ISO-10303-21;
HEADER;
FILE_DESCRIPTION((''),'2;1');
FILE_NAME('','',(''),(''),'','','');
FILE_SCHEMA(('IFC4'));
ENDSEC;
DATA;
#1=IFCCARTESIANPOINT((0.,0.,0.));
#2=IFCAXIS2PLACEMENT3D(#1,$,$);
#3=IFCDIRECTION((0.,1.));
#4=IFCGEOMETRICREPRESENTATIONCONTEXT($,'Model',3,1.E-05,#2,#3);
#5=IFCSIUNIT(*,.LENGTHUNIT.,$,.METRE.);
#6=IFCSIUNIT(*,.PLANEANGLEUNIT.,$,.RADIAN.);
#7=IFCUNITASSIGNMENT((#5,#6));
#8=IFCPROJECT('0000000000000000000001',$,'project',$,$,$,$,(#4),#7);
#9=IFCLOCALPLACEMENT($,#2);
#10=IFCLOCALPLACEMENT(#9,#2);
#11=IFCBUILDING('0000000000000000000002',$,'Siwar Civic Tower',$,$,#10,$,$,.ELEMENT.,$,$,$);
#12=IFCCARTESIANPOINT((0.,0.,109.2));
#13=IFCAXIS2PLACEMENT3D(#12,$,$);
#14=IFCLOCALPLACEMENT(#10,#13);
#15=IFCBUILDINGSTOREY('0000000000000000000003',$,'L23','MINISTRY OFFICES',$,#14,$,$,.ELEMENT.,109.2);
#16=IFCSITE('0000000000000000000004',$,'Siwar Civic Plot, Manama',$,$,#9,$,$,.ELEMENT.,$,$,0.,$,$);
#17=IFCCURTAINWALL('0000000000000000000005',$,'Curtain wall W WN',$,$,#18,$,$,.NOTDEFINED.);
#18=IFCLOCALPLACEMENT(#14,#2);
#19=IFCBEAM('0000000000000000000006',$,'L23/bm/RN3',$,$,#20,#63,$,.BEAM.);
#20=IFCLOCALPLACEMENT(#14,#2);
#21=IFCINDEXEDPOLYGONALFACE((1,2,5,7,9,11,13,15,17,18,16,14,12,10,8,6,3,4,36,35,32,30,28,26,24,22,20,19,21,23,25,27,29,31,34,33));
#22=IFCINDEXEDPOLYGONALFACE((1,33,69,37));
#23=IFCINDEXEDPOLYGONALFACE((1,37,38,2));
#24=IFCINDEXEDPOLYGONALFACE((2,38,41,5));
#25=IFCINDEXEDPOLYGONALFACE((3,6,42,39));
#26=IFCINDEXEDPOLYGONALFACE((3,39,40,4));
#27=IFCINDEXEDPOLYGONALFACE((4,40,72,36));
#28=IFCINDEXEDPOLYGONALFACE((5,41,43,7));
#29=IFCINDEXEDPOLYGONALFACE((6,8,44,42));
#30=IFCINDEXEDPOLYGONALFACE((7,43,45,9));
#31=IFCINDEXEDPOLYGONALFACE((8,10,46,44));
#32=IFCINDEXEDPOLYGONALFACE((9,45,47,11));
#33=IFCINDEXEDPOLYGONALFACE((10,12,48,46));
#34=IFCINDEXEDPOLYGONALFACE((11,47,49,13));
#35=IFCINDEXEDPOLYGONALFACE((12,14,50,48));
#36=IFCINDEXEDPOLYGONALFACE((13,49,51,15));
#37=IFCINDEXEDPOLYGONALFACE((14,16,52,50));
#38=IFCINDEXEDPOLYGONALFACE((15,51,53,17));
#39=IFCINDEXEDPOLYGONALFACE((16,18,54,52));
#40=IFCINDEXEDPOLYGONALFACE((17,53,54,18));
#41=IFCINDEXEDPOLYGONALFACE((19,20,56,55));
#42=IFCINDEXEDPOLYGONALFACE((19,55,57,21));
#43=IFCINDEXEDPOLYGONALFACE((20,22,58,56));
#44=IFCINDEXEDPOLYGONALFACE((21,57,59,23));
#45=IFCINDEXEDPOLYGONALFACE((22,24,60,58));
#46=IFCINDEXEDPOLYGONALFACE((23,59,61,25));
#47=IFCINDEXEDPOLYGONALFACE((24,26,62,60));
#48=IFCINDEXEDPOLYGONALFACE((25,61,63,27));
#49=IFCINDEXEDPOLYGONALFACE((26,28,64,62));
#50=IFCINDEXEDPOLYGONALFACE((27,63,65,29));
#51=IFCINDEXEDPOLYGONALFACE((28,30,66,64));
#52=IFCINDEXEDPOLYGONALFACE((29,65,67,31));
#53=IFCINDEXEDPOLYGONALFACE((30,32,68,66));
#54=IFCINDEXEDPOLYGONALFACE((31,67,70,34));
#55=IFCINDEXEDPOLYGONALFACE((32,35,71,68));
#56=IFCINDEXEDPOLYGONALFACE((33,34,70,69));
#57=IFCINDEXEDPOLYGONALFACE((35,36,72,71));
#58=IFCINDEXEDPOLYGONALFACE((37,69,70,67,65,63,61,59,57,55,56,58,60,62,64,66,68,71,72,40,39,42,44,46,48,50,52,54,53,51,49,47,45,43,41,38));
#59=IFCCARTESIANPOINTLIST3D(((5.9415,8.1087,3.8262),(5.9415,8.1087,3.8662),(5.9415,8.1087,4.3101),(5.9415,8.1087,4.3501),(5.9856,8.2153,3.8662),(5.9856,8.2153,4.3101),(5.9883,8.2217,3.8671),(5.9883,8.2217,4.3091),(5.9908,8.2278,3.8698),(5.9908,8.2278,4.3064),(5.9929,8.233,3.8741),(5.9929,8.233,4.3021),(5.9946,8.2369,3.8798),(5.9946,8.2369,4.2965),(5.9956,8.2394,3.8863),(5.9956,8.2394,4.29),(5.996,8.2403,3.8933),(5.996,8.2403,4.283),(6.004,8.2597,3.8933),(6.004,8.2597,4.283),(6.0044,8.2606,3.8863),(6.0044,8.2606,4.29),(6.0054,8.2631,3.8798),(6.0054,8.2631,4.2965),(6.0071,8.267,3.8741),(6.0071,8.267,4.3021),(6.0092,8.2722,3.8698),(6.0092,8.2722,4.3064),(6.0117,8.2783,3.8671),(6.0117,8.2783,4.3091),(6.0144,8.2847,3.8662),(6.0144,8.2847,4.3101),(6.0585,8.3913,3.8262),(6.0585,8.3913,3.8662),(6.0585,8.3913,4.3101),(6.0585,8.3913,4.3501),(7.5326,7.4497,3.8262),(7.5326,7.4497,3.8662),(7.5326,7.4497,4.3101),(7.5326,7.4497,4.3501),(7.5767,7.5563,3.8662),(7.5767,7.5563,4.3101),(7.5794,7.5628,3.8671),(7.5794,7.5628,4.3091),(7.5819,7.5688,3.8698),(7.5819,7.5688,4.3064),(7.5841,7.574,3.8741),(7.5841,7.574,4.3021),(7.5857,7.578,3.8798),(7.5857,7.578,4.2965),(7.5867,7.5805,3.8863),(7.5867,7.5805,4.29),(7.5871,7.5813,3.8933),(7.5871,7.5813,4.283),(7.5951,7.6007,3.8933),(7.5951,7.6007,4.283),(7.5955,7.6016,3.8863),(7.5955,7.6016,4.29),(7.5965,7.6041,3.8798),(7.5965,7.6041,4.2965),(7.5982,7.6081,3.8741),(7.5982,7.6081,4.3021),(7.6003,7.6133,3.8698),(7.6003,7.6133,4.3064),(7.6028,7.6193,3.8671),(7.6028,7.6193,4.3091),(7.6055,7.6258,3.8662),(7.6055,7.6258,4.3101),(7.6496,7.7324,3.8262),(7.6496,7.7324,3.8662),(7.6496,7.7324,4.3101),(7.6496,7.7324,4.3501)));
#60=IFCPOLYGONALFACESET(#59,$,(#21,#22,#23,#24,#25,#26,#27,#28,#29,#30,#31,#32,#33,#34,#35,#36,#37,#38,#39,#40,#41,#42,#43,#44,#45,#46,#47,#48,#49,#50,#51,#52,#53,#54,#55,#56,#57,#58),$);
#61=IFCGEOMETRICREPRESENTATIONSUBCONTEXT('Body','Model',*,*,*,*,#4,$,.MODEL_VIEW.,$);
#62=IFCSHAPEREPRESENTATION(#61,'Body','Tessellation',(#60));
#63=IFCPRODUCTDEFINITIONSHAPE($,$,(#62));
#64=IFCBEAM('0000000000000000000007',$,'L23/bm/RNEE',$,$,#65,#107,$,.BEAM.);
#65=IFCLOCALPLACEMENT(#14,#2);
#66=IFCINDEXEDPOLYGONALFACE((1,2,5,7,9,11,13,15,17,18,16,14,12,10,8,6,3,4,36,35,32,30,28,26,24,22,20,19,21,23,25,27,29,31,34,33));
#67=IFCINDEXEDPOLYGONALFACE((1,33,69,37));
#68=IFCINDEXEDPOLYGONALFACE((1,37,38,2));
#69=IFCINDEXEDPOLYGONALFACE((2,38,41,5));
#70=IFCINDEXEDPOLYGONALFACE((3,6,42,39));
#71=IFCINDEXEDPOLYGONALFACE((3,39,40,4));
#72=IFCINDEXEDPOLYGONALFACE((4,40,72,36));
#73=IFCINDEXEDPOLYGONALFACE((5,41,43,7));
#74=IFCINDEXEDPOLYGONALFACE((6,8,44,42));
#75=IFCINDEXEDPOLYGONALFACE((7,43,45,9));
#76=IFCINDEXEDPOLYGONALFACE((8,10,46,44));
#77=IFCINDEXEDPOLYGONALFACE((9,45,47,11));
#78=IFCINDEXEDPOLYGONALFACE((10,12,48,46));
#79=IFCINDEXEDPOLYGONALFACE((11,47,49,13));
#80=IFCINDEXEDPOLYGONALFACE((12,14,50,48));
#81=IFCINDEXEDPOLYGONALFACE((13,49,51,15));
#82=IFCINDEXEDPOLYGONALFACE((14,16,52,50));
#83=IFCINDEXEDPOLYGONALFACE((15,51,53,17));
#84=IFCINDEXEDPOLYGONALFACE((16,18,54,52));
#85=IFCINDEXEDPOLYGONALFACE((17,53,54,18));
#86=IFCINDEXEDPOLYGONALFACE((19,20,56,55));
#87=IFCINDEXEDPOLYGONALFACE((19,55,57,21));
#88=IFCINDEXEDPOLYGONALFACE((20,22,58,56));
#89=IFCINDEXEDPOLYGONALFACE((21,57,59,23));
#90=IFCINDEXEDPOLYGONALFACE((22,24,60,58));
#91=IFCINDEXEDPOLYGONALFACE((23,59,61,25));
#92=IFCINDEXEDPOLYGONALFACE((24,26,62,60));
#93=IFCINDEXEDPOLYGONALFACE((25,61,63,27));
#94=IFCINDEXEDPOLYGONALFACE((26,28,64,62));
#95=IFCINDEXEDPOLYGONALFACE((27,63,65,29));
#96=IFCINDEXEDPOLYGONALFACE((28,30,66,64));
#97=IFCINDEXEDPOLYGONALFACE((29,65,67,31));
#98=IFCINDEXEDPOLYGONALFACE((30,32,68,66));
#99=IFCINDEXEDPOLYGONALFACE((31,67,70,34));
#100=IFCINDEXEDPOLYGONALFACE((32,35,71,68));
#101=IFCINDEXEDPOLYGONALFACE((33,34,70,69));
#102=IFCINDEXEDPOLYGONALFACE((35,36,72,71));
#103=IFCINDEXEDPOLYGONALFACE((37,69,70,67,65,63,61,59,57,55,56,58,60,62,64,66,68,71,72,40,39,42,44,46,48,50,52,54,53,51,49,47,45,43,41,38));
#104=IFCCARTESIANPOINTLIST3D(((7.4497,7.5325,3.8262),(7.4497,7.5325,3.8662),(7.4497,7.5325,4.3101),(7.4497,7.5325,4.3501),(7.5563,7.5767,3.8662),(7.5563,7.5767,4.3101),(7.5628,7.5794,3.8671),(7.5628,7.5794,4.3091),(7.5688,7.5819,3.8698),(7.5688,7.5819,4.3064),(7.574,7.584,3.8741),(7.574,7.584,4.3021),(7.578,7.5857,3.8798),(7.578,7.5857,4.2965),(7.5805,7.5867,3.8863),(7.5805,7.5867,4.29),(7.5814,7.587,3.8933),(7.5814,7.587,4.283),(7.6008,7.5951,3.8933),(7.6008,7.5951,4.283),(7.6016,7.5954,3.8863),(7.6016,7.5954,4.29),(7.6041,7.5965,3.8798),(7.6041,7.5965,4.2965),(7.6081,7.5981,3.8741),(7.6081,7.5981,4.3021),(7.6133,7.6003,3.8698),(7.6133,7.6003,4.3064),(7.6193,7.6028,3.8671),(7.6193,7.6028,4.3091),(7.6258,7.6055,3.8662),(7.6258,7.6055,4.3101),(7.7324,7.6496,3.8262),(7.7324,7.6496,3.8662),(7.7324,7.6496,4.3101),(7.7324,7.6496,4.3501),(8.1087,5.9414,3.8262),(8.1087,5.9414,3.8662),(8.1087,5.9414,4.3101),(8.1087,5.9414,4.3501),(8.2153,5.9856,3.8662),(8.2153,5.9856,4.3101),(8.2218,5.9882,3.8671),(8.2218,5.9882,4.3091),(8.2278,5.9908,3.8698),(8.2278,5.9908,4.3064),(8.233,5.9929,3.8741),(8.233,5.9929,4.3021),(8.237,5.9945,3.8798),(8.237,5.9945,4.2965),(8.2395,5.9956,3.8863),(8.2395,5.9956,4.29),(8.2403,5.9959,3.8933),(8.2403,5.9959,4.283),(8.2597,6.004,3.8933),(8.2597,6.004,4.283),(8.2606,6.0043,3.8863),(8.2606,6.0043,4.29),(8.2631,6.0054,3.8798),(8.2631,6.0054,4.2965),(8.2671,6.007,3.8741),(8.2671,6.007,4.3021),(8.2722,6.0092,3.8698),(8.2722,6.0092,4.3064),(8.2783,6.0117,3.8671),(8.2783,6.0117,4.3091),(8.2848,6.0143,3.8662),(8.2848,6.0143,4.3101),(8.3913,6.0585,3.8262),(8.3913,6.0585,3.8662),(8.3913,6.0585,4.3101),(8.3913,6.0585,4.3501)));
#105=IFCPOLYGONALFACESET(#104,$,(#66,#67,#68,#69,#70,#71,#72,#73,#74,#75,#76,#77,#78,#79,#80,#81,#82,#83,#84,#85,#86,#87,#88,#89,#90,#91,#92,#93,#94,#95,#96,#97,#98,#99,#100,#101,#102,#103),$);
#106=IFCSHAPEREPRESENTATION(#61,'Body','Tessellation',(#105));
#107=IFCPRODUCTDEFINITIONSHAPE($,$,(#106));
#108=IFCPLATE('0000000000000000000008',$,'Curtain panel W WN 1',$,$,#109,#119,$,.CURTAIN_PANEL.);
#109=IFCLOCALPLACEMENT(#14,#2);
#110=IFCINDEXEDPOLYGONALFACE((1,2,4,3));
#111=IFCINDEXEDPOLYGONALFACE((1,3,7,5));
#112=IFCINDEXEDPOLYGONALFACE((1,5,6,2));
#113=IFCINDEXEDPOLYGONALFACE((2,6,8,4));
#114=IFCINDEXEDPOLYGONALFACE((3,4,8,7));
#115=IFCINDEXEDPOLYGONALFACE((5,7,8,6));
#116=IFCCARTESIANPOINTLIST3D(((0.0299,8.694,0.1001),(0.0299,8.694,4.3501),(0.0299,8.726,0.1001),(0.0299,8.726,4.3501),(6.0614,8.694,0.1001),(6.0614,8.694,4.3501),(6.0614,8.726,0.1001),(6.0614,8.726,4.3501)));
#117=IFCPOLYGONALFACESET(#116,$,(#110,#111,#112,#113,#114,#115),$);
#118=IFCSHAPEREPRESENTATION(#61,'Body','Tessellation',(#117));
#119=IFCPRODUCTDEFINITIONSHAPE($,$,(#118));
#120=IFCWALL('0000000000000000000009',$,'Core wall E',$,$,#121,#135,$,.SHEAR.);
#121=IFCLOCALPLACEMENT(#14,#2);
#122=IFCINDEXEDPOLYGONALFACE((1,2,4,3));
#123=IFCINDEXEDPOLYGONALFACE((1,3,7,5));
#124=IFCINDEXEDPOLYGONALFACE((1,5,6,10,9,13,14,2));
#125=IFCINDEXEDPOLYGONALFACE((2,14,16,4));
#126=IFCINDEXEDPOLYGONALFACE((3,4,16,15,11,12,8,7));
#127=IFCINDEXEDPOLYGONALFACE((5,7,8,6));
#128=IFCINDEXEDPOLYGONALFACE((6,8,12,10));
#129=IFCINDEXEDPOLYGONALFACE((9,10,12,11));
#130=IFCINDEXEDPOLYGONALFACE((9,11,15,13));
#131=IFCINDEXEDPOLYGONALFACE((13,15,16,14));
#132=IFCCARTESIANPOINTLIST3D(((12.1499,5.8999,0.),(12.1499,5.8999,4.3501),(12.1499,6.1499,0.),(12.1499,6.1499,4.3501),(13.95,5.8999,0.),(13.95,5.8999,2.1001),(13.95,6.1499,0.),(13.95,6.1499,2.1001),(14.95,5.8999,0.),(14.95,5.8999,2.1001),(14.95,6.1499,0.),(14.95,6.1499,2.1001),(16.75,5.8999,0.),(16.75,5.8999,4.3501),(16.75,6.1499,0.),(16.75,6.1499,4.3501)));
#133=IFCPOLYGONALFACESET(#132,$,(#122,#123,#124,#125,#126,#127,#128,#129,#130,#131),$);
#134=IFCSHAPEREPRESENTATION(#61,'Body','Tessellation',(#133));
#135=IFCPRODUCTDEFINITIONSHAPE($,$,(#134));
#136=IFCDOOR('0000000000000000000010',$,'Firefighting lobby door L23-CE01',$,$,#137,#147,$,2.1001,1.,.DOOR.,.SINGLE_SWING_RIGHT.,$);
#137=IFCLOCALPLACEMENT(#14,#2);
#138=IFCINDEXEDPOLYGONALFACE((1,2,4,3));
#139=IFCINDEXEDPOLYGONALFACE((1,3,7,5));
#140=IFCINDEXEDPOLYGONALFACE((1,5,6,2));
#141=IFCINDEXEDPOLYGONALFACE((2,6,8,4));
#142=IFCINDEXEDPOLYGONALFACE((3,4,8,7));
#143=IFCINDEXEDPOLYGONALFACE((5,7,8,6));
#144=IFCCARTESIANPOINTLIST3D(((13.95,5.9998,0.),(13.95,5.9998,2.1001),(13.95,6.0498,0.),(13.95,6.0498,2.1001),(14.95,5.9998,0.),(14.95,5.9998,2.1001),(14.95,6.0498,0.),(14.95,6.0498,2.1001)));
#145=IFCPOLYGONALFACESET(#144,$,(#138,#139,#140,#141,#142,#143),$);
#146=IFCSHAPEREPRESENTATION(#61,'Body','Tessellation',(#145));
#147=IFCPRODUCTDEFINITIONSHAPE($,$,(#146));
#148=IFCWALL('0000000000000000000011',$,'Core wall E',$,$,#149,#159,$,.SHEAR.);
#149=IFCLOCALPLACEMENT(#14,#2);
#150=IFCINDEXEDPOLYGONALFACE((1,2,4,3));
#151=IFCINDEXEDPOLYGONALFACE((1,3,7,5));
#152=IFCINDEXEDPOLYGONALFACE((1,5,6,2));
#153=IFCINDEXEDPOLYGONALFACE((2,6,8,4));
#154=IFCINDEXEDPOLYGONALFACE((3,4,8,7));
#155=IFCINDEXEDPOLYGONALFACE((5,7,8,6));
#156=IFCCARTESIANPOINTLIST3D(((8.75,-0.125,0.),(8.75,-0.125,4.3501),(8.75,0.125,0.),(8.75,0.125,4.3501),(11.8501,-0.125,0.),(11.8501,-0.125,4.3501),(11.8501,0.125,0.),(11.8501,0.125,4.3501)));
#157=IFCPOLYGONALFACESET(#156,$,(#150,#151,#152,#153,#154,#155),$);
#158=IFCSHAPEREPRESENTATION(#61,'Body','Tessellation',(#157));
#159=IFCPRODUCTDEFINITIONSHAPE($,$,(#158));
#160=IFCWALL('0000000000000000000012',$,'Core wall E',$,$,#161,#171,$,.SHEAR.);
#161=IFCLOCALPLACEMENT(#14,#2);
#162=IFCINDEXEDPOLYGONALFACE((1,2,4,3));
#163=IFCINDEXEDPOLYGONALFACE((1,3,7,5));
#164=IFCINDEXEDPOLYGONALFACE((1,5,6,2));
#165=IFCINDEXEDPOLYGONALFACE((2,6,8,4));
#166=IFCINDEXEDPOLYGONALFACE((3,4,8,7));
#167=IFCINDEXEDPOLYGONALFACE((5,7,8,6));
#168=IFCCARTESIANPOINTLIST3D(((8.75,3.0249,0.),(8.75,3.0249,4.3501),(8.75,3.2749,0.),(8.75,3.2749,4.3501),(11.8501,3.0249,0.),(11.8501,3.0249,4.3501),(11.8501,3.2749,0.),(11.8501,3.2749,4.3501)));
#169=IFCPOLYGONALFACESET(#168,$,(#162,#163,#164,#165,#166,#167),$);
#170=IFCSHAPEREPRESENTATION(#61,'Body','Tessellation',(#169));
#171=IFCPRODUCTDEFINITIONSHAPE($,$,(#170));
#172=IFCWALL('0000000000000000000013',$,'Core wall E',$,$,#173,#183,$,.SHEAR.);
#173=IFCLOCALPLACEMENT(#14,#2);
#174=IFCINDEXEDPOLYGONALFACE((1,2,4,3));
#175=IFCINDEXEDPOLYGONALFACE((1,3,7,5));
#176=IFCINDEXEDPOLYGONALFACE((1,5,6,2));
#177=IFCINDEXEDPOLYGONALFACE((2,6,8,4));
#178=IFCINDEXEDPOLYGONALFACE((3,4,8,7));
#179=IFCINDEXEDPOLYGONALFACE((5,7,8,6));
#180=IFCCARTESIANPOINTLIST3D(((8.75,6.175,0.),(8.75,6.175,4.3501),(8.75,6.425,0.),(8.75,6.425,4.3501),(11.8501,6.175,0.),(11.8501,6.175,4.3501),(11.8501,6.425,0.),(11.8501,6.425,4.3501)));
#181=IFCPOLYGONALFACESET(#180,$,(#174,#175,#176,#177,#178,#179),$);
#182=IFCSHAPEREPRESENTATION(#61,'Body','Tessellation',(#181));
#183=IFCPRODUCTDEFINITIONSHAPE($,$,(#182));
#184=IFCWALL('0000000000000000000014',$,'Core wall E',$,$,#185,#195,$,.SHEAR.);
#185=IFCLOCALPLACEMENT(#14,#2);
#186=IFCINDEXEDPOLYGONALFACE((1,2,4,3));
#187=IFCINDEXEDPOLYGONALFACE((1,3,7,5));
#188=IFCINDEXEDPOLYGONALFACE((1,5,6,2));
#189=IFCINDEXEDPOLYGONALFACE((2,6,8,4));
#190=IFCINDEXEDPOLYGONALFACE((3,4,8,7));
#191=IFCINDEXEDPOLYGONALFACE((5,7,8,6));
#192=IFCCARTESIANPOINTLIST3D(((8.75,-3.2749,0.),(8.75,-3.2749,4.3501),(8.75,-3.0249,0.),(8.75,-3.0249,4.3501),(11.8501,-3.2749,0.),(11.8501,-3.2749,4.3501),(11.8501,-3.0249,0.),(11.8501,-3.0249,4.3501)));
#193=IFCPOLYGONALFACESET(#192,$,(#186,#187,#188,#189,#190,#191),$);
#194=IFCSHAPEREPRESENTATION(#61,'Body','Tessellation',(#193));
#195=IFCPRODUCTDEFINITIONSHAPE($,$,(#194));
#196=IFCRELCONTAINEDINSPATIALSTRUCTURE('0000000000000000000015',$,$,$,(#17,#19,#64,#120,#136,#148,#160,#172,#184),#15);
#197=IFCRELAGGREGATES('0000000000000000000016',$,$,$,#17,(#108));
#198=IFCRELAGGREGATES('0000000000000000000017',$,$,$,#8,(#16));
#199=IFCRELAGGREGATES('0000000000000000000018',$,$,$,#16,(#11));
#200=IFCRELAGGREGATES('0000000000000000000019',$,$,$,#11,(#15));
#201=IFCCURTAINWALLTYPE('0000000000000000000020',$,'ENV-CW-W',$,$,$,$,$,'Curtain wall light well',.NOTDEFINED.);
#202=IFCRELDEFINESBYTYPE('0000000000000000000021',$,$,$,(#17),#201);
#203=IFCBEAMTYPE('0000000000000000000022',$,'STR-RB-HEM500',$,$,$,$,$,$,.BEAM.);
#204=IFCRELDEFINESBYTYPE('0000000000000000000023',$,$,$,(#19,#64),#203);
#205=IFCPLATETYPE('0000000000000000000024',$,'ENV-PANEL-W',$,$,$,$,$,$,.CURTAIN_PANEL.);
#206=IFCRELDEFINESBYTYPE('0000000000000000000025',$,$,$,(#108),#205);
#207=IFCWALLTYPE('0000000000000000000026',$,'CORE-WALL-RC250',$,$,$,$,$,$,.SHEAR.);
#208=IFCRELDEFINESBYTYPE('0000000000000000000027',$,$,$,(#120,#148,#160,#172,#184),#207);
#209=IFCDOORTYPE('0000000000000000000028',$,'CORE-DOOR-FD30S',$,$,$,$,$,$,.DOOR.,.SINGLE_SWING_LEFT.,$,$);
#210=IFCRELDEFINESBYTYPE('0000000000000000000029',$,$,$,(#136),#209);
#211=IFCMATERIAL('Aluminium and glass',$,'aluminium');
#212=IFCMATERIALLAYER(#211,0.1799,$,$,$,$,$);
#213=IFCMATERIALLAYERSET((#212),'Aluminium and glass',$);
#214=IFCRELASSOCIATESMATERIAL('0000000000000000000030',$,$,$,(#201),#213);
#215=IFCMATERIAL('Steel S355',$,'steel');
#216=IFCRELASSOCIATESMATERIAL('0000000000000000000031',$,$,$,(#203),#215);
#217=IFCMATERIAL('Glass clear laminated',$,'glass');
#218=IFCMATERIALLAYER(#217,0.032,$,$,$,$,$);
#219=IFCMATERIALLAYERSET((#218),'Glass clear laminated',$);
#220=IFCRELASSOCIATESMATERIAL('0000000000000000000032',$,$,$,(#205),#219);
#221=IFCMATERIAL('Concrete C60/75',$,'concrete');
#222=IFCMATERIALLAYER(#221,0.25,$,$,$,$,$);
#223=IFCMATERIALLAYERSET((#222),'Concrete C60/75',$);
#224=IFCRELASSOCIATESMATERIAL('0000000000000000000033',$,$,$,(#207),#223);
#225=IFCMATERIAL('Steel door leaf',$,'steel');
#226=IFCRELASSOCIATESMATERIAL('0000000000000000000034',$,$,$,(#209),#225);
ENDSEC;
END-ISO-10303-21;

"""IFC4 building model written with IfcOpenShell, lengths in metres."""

from ifc_helpers import new_model, si_unit, direction, frame, frame_2d, origin, origin_2d, place, context, subcontext, project, spatial, rectangle, i_section, extrude, material, layer, layer_set, material_profile, profile_set, type_object, element, fill, aggregate, save


model = new_model("IFC4")

# Units and contexts
model_context = context("Model", 3, precision=1e-05, world=origin(), true_north=direction((0.0, 1.0)))
body_context = subcontext(model_context, "Body", "Model", "MODEL_VIEW")
ifc_project = project(units=[si_unit("LENGTHUNIT", "METRE"), si_unit("PLANEANGLEUNIT", "RADIAN")], contexts=[model_context])

# Site, building, storey
site_placement = place(None, origin())
site = spatial("IfcSite", under=ifc_project, at=site_placement, Name="Siwar Civic Plot, Manama", CompositionType="ELEMENT", RefElevation=0.0)
building_placement = place(site_placement, origin())
building = spatial("IfcBuilding", under=site, at=building_placement, Name="Siwar Civic Tower", CompositionType="ELEMENT")
storey_placement = place(building_placement, frame((0.0, 0.0, 109.2)))
storey = spatial("IfcBuildingStorey", under=building, at=storey_placement, Name="L23", Description="MINISTRY OFFICES", CompositionType="ELEMENT", Elevation=109.2)

# Curtain wall
ifc_material_1 = material(Name="Aluminium and glass", Category="aluminium")
ifc_layer_1 = layer(ifc_material_1, 0.1799)
ifc_layer_set_1 = layer_set([ifc_layer_1], Name="Aluminium and glass")
curtain_wall_type = type_object("IfcCurtainWallType", Name="ENV-CW-W", ElementType="Curtain wall light well", PredefinedType="NOTDEFINED", material=ifc_layer_set_1)
curtain_wall_placement = place(storey_placement, origin())
curtain_wall = element("IfcCurtainWall", 1, at=curtain_wall_placement, inside=storey, type_object=curtain_wall_type, Name="Curtain wall W WN", PredefinedType="NOTDEFINED")

# Beams
ifc_material_2 = material(Name="Steel S355", Category="steel")
ifc_material_profile_1 = material_profile(ifc_material_2, i_section(OverallWidth=0.3059, OverallDepth=0.5239, WebThickness=0.021, FlangeThickness=0.04, FilletRadius=0.0271, at=origin_2d()), Name="HEM500")
ifc_profile_set_1 = profile_set([ifc_material_profile_1], Name="Steel S355")
beam_type_1 = type_object("IfcBeamType", Name="STR-RB-HEM500", PredefinedType="BEAM", material=ifc_profile_set_1)
for number, where, z_axis, x_axis, name in (
    (2, (6.0, 8.25, 4.0881), (0.923901, -0.382631, 0.0), (0.382631, 0.923901, 0.0), "L23/bm/RN3"),
    (3, (7.5911, 7.5911, 4.0881), (0.382631, -0.923901, 0.0), (0.923901, 0.382631, 0.0), "L23/bm/RNEE"),
):
    element("IfcBeam", number, at=place(storey_placement, frame(where, z_axis=z_axis, x_axis=x_axis)), inside=storey, type_object=beam_type_1, Name=name, PredefinedType="BEAM", context=body_context, shape_type="SweptSolid", body=[
        extrude(i_section(OverallWidth=0.3059, OverallDepth=0.5239, WebThickness=0.021, FlangeThickness=0.04, FilletRadius=0.0271, at=origin_2d()), origin(), (0.0, 0.0, 1.0), 1.7222),
    ])

# Plate
ifc_material_3 = material(Name="Glass clear laminated", Category="glass")
ifc_layer_2 = layer(ifc_material_3, 0.032)
ifc_layer_set_2 = layer_set([ifc_layer_2], Name="Glass clear laminated")
plate_type = type_object("IfcPlateType", Name="ENV-PANEL-W", PredefinedType="CURTAIN_PANEL", material=ifc_layer_set_2)
plate_placement = place(storey_placement, frame((3.0457, 8.71, 0.1001), z_axis=(0.0, 0.0, 1.0), x_axis=(-1.0, 0.0, 0.0)))
plate = element("IfcPlate", 4, at=plate_placement, type_object=plate_type, Name="Curtain panel W WN 1", PredefinedType="CURTAIN_PANEL", context=body_context, shape_type="SweptSolid", body=[
    extrude(rectangle(XDim=6.0315, YDim=0.032, at=origin_2d()), origin(), (0.0, 0.0, 1.0), 4.25),
])
aggregate(curtain_wall, [plate])

# Wall, opening, door
ifc_material_4 = material(Name="Concrete C60/75", Category="concrete")
ifc_layer_3 = layer(ifc_material_4, 0.25)
ifc_layer_set_3 = layer_set([ifc_layer_3], Name="Concrete C60/75")
wall_type_1 = type_object("IfcWallType", Name="CORE-WALL-RC250", PredefinedType="SHEAR", material=ifc_layer_set_3)
wall_1_placement = place(storey_placement, frame((12.1499, 6.0249, 0.0), z_axis=(0.0, 0.0, 1.0), x_axis=(1.0, 0.0, 0.0)))
wall_1 = element("IfcWall", 5, at=wall_1_placement, inside=storey, type_object=wall_type_1, Name="Core wall E", PredefinedType="SHEAR", context=body_context, shape_type="SweptSolid", body=[
    extrude(rectangle(XDim=4.6001, YDim=0.25, at=frame_2d((2.3, 0.0))), origin(), (0.0, 0.0, 1.0), 4.3501),
])
opening_1_placement = place(wall_1_placement, frame((1.8, 0.0, 0.0)))
opening_1 = element("IfcOpeningElement", 6, at=opening_1_placement, cuts=wall_1, PredefinedType="OPENING", context=body_context, shape_type="SweptSolid", body=[
    extrude(rectangle(XDim=1.0, YDim=2.1001, at=frame_2d((0.5, 1.05))), frame((0.0, 0.135, 0.0), z_axis=(0.0, -1.0, 0.0), x_axis=(1.0, 0.0, 0.0)), (0.0, 0.0, 1.0), 0.27),
])
ifc_material_5 = material(Name="Steel door leaf", Category="steel")
door_type_1 = type_object("IfcDoorType", Name="CORE-DOOR-FD30S", OperationType="SINGLE_SWING_LEFT", PredefinedType="DOOR", material=ifc_material_5)
door_1_placement = place(opening_1_placement, origin())
door_1 = element("IfcDoor", 7, at=door_1_placement, inside=storey, type_object=door_type_1, Name="Firefighting lobby door L23-CE01", OperationType="SINGLE_SWING_RIGHT", OverallHeight=2.1001, OverallWidth=1.0, PredefinedType="DOOR", context=body_context, shape_type="SweptSolid", body=[
    extrude(rectangle(XDim=1.0, YDim=2.1001, at=frame_2d((0.5, 1.05))), frame((0.0, 0.0249, 0.0), z_axis=(0.0, -1.0, 0.0), x_axis=(1.0, 0.0, 0.0)), (0.0, 0.0, 1.0), 0.05),
])
fill(opening_1, door_1)

# Walls
for number, where, z_axis, x_axis, name in (
    (8, (8.75, 0.0, 0.0), (0.0, 0.0, 1.0), (1.0, 0.0, 0.0), "Core wall E"),
    (9, (8.75, 3.1499, 0.0), (0.0, 0.0, 1.0), (1.0, 0.0, 0.0), "Core wall E"),
    (10, (8.75, 6.3, 0.0), (0.0, 0.0, 1.0), (1.0, 0.0, 0.0), "Core wall E"),
    (11, (8.75, -3.1499, 0.0), (0.0, 0.0, 1.0), (1.0, 0.0, 0.0), "Core wall E"),
):
    element("IfcWall", number, at=place(storey_placement, frame(where, z_axis=z_axis, x_axis=x_axis)), inside=storey, type_object=wall_type_1, Name=name, PredefinedType="SHEAR", context=body_context, shape_type="SweptSolid", body=[
        extrude(rectangle(XDim=3.1001, YDim=0.25, at=frame_2d((1.55, 0.0))), origin(), (0.0, 0.0, 1.0), 4.3501),
    ])

save(model, "model.ifc")
